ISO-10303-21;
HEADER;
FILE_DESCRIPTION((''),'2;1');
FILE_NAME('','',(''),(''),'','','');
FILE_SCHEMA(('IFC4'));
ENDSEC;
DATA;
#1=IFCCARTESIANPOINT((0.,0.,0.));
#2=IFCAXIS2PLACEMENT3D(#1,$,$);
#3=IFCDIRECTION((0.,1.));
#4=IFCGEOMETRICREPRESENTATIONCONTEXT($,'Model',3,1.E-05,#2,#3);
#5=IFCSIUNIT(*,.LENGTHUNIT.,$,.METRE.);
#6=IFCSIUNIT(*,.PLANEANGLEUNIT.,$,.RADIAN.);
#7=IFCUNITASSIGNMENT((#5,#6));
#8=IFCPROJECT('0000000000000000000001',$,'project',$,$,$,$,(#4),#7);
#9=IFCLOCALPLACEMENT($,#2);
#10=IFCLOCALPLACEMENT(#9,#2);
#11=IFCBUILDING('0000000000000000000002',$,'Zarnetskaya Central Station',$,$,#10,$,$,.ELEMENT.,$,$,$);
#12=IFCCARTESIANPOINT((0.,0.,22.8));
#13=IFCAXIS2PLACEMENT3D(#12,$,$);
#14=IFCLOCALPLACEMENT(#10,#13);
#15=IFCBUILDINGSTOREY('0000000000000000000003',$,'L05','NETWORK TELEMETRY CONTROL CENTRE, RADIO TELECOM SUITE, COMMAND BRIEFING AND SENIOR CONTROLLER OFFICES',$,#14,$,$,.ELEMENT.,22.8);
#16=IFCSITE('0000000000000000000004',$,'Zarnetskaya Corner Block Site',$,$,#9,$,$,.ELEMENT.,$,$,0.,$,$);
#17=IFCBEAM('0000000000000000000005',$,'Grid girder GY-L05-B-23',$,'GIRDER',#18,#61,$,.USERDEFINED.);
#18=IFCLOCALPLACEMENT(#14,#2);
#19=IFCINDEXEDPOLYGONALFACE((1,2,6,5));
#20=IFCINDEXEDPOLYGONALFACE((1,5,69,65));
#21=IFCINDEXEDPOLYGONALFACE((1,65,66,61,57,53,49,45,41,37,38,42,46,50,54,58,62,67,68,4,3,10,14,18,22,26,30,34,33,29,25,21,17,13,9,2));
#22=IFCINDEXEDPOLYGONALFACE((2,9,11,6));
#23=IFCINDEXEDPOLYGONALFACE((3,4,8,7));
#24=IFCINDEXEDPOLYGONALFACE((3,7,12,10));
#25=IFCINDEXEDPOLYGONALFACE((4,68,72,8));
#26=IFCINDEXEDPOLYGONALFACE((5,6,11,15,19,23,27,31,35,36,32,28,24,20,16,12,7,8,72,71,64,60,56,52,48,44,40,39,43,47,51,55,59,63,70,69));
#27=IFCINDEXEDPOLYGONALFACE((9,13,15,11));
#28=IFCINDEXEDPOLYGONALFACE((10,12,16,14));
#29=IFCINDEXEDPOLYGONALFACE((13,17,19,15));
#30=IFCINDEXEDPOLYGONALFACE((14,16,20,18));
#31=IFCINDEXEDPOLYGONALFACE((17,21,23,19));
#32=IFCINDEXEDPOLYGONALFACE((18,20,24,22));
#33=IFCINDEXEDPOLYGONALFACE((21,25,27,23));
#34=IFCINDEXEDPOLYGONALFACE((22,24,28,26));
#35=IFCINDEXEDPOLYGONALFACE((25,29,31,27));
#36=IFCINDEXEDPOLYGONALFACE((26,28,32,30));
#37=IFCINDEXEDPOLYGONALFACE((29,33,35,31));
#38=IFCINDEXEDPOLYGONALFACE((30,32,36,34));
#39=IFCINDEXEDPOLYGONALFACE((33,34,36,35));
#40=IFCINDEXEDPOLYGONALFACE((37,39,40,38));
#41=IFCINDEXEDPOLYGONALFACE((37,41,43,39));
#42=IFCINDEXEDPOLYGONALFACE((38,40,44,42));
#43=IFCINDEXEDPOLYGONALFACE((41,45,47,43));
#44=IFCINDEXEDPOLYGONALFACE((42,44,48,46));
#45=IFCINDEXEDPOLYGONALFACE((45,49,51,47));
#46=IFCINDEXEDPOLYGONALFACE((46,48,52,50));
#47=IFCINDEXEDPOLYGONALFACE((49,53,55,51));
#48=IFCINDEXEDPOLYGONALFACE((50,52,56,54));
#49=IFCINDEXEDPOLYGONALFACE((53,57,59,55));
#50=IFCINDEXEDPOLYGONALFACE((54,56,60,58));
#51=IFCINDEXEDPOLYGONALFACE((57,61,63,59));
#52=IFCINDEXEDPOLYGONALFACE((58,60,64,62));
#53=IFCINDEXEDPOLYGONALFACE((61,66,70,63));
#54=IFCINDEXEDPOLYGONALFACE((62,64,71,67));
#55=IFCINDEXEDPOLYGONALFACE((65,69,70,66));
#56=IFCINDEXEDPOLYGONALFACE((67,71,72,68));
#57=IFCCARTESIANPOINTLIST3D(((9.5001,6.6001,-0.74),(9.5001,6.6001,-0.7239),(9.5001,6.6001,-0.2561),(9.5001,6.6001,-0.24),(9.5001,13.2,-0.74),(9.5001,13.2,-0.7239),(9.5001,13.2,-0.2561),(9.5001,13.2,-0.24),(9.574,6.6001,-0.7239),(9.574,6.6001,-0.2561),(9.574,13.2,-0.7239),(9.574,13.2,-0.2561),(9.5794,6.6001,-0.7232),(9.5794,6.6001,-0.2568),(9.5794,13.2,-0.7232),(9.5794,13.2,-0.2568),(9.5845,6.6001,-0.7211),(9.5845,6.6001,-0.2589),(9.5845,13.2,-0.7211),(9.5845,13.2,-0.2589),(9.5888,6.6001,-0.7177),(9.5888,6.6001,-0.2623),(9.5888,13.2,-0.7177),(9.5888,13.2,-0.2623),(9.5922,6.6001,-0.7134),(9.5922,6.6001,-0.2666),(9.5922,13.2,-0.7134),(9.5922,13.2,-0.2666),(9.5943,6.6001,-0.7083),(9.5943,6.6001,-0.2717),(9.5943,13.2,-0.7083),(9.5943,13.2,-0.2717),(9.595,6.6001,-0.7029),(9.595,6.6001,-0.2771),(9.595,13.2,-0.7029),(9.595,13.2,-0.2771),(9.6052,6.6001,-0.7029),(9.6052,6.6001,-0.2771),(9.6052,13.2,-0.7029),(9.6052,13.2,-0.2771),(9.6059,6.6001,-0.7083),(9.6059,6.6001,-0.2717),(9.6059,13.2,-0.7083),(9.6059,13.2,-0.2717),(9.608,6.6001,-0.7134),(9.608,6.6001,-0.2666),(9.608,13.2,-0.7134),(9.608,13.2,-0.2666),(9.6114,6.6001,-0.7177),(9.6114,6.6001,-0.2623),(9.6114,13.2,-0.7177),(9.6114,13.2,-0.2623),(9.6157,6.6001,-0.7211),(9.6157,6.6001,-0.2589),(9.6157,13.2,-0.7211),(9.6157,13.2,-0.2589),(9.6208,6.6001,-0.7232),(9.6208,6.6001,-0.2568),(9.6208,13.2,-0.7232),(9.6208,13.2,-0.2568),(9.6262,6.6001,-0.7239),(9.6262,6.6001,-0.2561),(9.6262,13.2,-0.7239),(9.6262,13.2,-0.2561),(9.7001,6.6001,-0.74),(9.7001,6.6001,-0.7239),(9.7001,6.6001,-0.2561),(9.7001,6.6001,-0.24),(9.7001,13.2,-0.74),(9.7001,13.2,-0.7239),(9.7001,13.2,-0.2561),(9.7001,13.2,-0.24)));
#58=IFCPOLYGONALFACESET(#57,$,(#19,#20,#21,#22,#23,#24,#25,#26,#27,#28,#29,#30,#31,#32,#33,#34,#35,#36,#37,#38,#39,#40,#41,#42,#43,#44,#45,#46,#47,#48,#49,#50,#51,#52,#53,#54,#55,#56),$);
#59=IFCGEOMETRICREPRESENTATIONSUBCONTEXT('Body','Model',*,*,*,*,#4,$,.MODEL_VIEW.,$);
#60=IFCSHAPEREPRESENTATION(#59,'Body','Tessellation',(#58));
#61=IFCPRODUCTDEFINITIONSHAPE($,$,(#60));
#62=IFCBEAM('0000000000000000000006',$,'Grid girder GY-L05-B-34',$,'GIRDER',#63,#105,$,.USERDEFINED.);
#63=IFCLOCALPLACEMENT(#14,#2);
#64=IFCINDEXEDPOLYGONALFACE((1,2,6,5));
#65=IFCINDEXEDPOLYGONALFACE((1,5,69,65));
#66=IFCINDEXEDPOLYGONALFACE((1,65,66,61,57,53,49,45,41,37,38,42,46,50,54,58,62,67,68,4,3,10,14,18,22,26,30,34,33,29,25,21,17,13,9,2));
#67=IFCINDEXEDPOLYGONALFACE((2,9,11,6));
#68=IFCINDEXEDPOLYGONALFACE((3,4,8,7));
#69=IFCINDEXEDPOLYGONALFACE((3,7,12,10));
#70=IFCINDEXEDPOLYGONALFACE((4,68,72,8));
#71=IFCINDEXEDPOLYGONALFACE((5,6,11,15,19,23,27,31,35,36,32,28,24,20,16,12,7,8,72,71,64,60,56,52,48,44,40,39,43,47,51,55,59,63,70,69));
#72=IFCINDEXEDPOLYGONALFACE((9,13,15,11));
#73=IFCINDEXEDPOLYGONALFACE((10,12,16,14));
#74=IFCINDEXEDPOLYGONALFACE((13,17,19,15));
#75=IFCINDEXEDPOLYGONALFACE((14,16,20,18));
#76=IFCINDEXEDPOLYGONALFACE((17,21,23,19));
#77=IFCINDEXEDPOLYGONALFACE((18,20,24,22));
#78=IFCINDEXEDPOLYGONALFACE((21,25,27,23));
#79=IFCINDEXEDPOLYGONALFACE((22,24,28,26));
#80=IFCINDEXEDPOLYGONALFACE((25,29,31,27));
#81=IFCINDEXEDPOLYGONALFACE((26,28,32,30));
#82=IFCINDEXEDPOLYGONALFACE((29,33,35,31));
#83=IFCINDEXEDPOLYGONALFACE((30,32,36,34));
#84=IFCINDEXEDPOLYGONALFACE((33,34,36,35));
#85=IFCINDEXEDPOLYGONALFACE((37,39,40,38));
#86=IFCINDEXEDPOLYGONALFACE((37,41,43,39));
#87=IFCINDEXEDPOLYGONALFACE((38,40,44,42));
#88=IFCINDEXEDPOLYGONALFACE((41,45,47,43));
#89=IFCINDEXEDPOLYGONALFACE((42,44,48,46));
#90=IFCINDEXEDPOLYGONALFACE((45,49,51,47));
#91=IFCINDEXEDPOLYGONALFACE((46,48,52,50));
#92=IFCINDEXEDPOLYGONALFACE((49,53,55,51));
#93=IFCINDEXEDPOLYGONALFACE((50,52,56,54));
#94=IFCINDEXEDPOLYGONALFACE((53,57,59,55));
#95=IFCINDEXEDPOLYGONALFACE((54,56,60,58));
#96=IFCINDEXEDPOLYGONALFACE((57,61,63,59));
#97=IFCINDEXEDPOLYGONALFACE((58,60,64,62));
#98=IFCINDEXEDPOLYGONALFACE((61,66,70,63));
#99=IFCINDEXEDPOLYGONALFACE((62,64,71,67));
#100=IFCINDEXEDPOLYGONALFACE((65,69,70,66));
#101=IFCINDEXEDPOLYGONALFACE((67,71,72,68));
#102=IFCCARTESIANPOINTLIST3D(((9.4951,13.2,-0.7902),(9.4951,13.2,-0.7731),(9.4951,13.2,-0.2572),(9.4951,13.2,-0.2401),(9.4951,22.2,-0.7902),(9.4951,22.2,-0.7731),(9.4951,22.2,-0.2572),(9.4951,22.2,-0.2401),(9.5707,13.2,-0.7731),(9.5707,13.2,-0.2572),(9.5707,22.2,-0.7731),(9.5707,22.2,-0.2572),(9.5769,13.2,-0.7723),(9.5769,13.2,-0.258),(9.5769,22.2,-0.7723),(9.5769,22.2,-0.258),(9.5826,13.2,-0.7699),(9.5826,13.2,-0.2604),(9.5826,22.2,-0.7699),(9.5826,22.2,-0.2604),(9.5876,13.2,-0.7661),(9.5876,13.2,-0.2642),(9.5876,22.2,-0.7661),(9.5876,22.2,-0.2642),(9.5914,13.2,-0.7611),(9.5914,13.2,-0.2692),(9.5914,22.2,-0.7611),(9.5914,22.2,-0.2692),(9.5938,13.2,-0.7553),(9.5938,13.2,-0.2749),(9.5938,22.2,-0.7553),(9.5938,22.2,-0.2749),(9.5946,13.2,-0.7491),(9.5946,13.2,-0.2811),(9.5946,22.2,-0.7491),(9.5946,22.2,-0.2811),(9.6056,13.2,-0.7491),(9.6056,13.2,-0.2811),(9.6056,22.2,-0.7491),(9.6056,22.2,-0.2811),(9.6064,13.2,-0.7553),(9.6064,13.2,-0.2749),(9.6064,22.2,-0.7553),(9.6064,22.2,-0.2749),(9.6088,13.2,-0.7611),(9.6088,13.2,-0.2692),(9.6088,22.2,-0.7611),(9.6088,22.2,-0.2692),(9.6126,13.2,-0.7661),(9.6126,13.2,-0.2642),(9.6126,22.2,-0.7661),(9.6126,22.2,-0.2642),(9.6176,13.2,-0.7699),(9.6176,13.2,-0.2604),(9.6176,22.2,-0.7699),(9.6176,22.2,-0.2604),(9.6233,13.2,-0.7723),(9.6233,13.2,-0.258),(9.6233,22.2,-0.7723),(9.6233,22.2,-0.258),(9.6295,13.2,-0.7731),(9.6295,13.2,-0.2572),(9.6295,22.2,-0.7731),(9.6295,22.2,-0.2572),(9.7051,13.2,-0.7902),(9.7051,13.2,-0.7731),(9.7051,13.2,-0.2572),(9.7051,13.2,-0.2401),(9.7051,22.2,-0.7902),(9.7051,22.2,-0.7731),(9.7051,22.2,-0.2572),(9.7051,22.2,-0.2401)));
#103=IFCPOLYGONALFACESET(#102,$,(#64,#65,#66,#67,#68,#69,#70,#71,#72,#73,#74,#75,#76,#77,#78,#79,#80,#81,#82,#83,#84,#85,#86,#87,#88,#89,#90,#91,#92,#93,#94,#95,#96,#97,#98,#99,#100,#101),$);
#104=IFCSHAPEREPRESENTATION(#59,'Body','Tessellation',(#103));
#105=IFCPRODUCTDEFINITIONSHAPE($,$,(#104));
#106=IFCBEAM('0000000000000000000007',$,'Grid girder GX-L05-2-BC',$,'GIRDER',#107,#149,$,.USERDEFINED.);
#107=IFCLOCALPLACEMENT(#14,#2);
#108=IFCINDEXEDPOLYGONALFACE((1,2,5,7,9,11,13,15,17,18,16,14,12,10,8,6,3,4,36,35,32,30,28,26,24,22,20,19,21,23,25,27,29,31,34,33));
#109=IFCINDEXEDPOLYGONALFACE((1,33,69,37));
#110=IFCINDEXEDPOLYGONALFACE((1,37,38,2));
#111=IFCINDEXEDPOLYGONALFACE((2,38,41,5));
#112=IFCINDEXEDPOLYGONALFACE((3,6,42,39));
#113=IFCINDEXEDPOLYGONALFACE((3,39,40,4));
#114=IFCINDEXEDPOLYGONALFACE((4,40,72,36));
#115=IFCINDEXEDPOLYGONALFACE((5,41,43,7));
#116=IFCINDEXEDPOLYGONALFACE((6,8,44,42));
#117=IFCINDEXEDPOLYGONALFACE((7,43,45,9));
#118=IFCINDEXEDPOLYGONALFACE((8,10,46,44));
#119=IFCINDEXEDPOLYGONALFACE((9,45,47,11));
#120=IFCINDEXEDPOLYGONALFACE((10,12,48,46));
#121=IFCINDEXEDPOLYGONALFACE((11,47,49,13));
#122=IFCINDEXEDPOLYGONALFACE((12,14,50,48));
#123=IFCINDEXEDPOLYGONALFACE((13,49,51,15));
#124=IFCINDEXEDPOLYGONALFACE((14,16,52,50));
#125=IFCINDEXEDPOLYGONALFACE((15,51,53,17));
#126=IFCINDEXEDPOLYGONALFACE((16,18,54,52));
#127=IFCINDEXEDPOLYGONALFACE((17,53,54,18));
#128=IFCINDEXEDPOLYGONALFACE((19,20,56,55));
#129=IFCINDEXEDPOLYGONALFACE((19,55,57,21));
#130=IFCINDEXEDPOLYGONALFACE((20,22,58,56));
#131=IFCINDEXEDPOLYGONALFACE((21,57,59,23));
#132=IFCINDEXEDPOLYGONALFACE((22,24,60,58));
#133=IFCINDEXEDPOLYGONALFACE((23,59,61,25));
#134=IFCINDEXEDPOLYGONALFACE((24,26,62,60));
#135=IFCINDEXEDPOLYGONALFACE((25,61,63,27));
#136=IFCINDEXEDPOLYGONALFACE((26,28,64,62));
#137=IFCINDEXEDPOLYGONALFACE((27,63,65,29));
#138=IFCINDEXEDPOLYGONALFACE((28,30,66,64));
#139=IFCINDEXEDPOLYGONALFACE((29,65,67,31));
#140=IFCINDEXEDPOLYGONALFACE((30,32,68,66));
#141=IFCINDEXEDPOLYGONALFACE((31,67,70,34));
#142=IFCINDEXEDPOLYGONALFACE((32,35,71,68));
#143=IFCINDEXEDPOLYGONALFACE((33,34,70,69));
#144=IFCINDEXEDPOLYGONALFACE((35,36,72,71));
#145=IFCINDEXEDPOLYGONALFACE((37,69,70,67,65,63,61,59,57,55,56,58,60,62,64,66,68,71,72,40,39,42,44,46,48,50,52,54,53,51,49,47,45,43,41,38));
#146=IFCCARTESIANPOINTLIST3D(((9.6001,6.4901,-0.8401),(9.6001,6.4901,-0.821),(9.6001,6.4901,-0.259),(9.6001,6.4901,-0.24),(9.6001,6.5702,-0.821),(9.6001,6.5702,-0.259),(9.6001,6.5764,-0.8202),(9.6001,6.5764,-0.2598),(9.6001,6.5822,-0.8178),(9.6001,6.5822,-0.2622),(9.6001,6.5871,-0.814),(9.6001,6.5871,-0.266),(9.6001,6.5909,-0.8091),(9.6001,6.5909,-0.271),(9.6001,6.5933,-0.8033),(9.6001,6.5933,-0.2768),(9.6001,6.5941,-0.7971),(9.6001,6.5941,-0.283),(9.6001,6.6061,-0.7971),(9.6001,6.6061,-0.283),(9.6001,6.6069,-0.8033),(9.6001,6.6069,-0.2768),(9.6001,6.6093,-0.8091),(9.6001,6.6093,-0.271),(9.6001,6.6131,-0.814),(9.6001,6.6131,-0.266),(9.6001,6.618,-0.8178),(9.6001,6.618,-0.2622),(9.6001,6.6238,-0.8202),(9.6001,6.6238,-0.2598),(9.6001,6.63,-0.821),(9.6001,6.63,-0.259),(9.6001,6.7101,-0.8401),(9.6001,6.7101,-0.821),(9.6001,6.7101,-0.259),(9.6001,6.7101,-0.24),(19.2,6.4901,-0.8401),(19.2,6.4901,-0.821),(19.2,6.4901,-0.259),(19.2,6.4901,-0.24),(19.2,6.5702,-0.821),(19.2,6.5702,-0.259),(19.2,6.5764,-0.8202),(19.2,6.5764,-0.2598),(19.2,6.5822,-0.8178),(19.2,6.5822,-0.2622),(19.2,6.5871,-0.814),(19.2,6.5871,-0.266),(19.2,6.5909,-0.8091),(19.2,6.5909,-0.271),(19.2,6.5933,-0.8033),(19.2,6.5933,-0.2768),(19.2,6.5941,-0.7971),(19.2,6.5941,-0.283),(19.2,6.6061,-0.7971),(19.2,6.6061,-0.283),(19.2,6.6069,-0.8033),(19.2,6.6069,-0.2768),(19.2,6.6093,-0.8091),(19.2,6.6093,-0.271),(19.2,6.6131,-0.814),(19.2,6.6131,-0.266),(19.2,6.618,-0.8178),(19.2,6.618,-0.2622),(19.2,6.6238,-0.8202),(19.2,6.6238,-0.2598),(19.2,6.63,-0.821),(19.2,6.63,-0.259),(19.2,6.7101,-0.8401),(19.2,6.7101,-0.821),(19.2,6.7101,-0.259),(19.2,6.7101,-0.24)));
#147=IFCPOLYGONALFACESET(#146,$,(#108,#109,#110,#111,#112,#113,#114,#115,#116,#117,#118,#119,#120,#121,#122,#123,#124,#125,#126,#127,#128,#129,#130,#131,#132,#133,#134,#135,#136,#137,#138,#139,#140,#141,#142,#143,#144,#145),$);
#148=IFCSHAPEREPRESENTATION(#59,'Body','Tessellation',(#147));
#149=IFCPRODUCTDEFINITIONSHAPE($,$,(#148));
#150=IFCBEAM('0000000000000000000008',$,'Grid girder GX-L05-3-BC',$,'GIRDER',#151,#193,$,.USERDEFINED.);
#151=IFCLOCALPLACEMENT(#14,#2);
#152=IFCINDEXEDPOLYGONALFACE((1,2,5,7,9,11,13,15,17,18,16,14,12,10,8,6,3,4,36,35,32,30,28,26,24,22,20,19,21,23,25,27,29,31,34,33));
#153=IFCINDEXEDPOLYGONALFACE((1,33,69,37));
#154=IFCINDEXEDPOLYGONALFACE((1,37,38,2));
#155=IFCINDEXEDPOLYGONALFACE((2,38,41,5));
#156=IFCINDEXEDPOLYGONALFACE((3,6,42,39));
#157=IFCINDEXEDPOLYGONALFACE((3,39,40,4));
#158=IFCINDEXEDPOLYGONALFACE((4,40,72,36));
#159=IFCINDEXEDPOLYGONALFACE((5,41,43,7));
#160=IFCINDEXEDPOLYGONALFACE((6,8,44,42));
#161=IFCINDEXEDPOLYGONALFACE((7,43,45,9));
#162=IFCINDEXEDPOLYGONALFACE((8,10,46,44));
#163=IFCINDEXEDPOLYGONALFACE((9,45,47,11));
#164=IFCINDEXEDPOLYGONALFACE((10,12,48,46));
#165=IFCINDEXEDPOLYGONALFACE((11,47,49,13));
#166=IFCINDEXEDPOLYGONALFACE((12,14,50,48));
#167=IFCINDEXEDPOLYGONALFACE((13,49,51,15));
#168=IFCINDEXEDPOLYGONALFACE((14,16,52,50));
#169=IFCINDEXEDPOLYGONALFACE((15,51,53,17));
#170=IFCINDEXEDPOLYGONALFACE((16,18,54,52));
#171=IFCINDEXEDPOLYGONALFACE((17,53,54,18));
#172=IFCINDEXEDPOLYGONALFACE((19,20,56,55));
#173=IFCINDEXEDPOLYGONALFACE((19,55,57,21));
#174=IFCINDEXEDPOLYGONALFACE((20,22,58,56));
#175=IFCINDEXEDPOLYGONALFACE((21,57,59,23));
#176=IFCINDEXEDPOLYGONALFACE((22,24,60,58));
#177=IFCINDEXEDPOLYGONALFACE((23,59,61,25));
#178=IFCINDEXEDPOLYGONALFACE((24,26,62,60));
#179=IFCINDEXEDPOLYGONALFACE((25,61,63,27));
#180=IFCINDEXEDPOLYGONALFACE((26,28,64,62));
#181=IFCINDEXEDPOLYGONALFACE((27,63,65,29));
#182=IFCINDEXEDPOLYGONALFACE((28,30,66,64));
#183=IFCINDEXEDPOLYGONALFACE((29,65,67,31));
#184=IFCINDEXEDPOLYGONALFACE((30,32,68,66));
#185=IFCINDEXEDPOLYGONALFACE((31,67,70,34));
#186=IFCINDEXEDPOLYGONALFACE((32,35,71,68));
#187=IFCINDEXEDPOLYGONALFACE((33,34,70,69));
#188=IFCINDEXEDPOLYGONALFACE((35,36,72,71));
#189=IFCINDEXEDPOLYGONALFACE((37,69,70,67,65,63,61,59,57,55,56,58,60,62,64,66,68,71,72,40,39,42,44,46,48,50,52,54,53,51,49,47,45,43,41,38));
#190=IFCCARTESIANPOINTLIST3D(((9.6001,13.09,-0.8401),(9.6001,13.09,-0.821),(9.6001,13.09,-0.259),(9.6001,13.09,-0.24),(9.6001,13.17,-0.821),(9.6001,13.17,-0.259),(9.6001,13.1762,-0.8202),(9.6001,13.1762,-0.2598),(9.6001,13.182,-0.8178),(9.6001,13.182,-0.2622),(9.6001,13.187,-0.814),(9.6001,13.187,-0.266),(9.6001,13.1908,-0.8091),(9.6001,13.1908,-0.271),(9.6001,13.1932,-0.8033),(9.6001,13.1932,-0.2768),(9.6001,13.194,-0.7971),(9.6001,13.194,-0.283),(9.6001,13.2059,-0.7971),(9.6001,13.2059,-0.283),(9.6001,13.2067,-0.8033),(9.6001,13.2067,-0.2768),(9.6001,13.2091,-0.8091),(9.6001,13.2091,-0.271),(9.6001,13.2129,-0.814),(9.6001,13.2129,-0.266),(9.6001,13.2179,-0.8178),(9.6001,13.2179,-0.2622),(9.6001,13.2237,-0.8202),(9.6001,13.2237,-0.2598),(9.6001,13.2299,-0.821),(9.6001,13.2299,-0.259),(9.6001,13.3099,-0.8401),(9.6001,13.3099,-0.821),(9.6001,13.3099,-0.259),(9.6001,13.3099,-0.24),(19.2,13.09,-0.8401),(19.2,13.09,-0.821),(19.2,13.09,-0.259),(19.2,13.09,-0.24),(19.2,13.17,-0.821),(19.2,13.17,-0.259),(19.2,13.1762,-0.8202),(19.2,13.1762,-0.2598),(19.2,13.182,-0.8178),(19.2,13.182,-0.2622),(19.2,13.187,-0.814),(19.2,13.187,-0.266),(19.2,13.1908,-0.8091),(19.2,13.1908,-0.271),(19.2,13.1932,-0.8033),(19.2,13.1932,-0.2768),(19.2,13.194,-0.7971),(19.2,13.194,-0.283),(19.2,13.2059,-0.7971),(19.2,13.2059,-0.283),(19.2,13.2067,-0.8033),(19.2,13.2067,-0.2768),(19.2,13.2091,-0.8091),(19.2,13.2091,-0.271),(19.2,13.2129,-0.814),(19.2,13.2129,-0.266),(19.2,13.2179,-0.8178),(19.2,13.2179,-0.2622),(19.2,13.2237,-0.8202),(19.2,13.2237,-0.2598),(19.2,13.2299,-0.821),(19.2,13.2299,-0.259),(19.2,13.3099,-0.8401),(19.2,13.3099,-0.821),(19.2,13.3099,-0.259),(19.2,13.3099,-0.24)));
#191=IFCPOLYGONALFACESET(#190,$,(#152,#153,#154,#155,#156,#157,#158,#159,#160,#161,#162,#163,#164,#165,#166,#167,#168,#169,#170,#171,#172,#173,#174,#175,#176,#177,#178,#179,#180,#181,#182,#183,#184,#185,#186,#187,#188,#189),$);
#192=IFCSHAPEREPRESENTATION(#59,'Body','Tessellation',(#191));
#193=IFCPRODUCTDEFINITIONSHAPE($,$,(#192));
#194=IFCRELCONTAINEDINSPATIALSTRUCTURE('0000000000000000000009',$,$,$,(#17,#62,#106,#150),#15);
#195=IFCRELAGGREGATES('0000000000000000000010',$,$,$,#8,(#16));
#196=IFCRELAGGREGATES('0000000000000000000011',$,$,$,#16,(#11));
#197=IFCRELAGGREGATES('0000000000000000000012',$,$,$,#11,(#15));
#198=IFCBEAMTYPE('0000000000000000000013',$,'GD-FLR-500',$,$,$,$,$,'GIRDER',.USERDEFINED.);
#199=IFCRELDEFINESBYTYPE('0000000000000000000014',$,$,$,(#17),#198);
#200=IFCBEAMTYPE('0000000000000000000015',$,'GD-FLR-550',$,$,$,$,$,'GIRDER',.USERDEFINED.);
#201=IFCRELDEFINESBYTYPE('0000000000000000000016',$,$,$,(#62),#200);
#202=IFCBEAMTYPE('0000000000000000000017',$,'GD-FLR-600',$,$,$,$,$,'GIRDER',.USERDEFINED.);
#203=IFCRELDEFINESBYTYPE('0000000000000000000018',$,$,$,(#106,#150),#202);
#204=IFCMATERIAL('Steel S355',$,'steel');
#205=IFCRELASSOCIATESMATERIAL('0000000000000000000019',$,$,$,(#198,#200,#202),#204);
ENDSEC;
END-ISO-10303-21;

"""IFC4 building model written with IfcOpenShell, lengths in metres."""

from ifc_helpers import new_model, si_unit, direction, frame, origin, origin_2d, place, context, subcontext, project, spatial, i_section, extrude, material, material_profile, profile_set, type_object, element, save


model = new_model("IFC4")

# Units and contexts
model_context = context("Model", 3, precision=1e-05, world=origin(), true_north=direction((0.0, 1.0)))
body_context = subcontext(model_context, "Body", "Model", "MODEL_VIEW")
ifc_project = project(units=[si_unit("LENGTHUNIT", "METRE"), si_unit("PLANEANGLEUNIT", "RADIAN")], contexts=[model_context])

# Site, building, storey
site_placement = place(None, origin())
site = spatial("IfcSite", under=ifc_project, at=site_placement, Name="Zarnetskaya Corner Block Site", CompositionType="ELEMENT", RefElevation=0.0)
building_placement = place(site_placement, origin())
building = spatial("IfcBuilding", under=site, at=building_placement, Name="Zarnetskaya Central Station", CompositionType="ELEMENT")
storey_placement = place(building_placement, frame((0.0, 0.0, 22.8)))
storey = spatial("IfcBuildingStorey", under=building, at=storey_placement, Name="L05", Description="NETWORK TELEMETRY CONTROL CENTRE, RADIO TELECOM SUITE, COMMAND BRIEFING AND SENIOR CONTROLLER OFFICES", CompositionType="ELEMENT", Elevation=22.8)

# Shared definitions
ifc_material_1 = material(Name="Steel S355", Category="steel")

# Beams
ifc_material_profile_1 = material_profile(ifc_material_1, i_section(OverallWidth=0.2, OverallDepth=0.5, WebThickness=0.0103, FlangeThickness=0.0161, FilletRadius=0.021, at=origin_2d()), Name="IPE 500")
ifc_profile_set_1 = profile_set([ifc_material_profile_1], Name="Steel S355")
beam_type_1 = type_object("IfcBeamType", Name="GD-FLR-500", ElementType="GIRDER", PredefinedType="USERDEFINED", material=ifc_profile_set_1)
beam_1_placement = place(storey_placement, frame((9.6001, 6.6001, -0.49), z_axis=(0.0, 1.0, 0.0), x_axis=(-1.0, 0.0, 0.0)))
element("IfcBeam", 1, at=beam_1_placement, inside=storey, type_object=beam_type_1, Name="Grid girder GY-L05-B-23", ObjectType="GIRDER", PredefinedType="USERDEFINED", context=body_context, shape_type="SweptSolid", body=[
    extrude(i_section(OverallWidth=0.2, OverallDepth=0.5, WebThickness=0.0103, FlangeThickness=0.0161, FilletRadius=0.021, at=origin_2d()), origin(), (0.0, 0.0, 1.0), 6.5999),
])
ifc_material_profile_2 = material_profile(ifc_material_1, i_section(OverallWidth=0.21, OverallDepth=0.55, WebThickness=0.011, FlangeThickness=0.0171, FilletRadius=0.0239, at=origin_2d()), Name="IPE 550")
ifc_profile_set_2 = profile_set([ifc_material_profile_2], Name="Steel S355")
beam_type_2 = type_object("IfcBeamType", Name="GD-FLR-550", ElementType="GIRDER", PredefinedType="USERDEFINED", material=ifc_profile_set_2)
beam_2_placement = place(storey_placement, frame((9.6001, 13.2, -0.5151), z_axis=(0.0, 1.0, 0.0), x_axis=(-1.0, 0.0, 0.0)))
element("IfcBeam", 2, at=beam_2_placement, inside=storey, type_object=beam_type_2, Name="Grid girder GY-L05-B-34", ObjectType="GIRDER", PredefinedType="USERDEFINED", context=body_context, shape_type="SweptSolid", body=[
    extrude(i_section(OverallWidth=0.21, OverallDepth=0.55, WebThickness=0.011, FlangeThickness=0.0171, FilletRadius=0.0239, at=origin_2d()), origin(), (0.0, 0.0, 1.0), 9.0),
])
ifc_material_profile_3 = material_profile(ifc_material_1, i_section(OverallWidth=0.22, OverallDepth=0.6001, WebThickness=0.012, FlangeThickness=0.019, FilletRadius=0.0239, at=origin_2d()), Name="IPE 600")
ifc_profile_set_3 = profile_set([ifc_material_profile_3], Name="Steel S355")
beam_type_3 = type_object("IfcBeamType", Name="GD-FLR-600", ElementType="GIRDER", PredefinedType="USERDEFINED", material=ifc_profile_set_3)
for number, where, z_axis, x_axis, name in (
    (3, (9.6001, 6.6001, -0.54), (1.0, 0.0, 0.0), (0.0, 1.0, 0.0), "Grid girder GX-L05-2-BC"),
    (4, (9.6001, 13.2, -0.54), (1.0, 0.0, 0.0), (0.0, 1.0, 0.0), "Grid girder GX-L05-3-BC"),
):
    element("IfcBeam", number, at=place(storey_placement, frame(where, z_axis=z_axis, x_axis=x_axis)), inside=storey, type_object=beam_type_3, Name=name, ObjectType="GIRDER", PredefinedType="USERDEFINED", context=body_context, shape_type="SweptSolid", body=[
        extrude(i_section(OverallWidth=0.22, OverallDepth=0.6001, WebThickness=0.012, FlangeThickness=0.019, FilletRadius=0.0239, at=origin_2d()), origin(), (0.0, 0.0, 1.0), 9.5999),
    ])

save(model, "model.ifc")
